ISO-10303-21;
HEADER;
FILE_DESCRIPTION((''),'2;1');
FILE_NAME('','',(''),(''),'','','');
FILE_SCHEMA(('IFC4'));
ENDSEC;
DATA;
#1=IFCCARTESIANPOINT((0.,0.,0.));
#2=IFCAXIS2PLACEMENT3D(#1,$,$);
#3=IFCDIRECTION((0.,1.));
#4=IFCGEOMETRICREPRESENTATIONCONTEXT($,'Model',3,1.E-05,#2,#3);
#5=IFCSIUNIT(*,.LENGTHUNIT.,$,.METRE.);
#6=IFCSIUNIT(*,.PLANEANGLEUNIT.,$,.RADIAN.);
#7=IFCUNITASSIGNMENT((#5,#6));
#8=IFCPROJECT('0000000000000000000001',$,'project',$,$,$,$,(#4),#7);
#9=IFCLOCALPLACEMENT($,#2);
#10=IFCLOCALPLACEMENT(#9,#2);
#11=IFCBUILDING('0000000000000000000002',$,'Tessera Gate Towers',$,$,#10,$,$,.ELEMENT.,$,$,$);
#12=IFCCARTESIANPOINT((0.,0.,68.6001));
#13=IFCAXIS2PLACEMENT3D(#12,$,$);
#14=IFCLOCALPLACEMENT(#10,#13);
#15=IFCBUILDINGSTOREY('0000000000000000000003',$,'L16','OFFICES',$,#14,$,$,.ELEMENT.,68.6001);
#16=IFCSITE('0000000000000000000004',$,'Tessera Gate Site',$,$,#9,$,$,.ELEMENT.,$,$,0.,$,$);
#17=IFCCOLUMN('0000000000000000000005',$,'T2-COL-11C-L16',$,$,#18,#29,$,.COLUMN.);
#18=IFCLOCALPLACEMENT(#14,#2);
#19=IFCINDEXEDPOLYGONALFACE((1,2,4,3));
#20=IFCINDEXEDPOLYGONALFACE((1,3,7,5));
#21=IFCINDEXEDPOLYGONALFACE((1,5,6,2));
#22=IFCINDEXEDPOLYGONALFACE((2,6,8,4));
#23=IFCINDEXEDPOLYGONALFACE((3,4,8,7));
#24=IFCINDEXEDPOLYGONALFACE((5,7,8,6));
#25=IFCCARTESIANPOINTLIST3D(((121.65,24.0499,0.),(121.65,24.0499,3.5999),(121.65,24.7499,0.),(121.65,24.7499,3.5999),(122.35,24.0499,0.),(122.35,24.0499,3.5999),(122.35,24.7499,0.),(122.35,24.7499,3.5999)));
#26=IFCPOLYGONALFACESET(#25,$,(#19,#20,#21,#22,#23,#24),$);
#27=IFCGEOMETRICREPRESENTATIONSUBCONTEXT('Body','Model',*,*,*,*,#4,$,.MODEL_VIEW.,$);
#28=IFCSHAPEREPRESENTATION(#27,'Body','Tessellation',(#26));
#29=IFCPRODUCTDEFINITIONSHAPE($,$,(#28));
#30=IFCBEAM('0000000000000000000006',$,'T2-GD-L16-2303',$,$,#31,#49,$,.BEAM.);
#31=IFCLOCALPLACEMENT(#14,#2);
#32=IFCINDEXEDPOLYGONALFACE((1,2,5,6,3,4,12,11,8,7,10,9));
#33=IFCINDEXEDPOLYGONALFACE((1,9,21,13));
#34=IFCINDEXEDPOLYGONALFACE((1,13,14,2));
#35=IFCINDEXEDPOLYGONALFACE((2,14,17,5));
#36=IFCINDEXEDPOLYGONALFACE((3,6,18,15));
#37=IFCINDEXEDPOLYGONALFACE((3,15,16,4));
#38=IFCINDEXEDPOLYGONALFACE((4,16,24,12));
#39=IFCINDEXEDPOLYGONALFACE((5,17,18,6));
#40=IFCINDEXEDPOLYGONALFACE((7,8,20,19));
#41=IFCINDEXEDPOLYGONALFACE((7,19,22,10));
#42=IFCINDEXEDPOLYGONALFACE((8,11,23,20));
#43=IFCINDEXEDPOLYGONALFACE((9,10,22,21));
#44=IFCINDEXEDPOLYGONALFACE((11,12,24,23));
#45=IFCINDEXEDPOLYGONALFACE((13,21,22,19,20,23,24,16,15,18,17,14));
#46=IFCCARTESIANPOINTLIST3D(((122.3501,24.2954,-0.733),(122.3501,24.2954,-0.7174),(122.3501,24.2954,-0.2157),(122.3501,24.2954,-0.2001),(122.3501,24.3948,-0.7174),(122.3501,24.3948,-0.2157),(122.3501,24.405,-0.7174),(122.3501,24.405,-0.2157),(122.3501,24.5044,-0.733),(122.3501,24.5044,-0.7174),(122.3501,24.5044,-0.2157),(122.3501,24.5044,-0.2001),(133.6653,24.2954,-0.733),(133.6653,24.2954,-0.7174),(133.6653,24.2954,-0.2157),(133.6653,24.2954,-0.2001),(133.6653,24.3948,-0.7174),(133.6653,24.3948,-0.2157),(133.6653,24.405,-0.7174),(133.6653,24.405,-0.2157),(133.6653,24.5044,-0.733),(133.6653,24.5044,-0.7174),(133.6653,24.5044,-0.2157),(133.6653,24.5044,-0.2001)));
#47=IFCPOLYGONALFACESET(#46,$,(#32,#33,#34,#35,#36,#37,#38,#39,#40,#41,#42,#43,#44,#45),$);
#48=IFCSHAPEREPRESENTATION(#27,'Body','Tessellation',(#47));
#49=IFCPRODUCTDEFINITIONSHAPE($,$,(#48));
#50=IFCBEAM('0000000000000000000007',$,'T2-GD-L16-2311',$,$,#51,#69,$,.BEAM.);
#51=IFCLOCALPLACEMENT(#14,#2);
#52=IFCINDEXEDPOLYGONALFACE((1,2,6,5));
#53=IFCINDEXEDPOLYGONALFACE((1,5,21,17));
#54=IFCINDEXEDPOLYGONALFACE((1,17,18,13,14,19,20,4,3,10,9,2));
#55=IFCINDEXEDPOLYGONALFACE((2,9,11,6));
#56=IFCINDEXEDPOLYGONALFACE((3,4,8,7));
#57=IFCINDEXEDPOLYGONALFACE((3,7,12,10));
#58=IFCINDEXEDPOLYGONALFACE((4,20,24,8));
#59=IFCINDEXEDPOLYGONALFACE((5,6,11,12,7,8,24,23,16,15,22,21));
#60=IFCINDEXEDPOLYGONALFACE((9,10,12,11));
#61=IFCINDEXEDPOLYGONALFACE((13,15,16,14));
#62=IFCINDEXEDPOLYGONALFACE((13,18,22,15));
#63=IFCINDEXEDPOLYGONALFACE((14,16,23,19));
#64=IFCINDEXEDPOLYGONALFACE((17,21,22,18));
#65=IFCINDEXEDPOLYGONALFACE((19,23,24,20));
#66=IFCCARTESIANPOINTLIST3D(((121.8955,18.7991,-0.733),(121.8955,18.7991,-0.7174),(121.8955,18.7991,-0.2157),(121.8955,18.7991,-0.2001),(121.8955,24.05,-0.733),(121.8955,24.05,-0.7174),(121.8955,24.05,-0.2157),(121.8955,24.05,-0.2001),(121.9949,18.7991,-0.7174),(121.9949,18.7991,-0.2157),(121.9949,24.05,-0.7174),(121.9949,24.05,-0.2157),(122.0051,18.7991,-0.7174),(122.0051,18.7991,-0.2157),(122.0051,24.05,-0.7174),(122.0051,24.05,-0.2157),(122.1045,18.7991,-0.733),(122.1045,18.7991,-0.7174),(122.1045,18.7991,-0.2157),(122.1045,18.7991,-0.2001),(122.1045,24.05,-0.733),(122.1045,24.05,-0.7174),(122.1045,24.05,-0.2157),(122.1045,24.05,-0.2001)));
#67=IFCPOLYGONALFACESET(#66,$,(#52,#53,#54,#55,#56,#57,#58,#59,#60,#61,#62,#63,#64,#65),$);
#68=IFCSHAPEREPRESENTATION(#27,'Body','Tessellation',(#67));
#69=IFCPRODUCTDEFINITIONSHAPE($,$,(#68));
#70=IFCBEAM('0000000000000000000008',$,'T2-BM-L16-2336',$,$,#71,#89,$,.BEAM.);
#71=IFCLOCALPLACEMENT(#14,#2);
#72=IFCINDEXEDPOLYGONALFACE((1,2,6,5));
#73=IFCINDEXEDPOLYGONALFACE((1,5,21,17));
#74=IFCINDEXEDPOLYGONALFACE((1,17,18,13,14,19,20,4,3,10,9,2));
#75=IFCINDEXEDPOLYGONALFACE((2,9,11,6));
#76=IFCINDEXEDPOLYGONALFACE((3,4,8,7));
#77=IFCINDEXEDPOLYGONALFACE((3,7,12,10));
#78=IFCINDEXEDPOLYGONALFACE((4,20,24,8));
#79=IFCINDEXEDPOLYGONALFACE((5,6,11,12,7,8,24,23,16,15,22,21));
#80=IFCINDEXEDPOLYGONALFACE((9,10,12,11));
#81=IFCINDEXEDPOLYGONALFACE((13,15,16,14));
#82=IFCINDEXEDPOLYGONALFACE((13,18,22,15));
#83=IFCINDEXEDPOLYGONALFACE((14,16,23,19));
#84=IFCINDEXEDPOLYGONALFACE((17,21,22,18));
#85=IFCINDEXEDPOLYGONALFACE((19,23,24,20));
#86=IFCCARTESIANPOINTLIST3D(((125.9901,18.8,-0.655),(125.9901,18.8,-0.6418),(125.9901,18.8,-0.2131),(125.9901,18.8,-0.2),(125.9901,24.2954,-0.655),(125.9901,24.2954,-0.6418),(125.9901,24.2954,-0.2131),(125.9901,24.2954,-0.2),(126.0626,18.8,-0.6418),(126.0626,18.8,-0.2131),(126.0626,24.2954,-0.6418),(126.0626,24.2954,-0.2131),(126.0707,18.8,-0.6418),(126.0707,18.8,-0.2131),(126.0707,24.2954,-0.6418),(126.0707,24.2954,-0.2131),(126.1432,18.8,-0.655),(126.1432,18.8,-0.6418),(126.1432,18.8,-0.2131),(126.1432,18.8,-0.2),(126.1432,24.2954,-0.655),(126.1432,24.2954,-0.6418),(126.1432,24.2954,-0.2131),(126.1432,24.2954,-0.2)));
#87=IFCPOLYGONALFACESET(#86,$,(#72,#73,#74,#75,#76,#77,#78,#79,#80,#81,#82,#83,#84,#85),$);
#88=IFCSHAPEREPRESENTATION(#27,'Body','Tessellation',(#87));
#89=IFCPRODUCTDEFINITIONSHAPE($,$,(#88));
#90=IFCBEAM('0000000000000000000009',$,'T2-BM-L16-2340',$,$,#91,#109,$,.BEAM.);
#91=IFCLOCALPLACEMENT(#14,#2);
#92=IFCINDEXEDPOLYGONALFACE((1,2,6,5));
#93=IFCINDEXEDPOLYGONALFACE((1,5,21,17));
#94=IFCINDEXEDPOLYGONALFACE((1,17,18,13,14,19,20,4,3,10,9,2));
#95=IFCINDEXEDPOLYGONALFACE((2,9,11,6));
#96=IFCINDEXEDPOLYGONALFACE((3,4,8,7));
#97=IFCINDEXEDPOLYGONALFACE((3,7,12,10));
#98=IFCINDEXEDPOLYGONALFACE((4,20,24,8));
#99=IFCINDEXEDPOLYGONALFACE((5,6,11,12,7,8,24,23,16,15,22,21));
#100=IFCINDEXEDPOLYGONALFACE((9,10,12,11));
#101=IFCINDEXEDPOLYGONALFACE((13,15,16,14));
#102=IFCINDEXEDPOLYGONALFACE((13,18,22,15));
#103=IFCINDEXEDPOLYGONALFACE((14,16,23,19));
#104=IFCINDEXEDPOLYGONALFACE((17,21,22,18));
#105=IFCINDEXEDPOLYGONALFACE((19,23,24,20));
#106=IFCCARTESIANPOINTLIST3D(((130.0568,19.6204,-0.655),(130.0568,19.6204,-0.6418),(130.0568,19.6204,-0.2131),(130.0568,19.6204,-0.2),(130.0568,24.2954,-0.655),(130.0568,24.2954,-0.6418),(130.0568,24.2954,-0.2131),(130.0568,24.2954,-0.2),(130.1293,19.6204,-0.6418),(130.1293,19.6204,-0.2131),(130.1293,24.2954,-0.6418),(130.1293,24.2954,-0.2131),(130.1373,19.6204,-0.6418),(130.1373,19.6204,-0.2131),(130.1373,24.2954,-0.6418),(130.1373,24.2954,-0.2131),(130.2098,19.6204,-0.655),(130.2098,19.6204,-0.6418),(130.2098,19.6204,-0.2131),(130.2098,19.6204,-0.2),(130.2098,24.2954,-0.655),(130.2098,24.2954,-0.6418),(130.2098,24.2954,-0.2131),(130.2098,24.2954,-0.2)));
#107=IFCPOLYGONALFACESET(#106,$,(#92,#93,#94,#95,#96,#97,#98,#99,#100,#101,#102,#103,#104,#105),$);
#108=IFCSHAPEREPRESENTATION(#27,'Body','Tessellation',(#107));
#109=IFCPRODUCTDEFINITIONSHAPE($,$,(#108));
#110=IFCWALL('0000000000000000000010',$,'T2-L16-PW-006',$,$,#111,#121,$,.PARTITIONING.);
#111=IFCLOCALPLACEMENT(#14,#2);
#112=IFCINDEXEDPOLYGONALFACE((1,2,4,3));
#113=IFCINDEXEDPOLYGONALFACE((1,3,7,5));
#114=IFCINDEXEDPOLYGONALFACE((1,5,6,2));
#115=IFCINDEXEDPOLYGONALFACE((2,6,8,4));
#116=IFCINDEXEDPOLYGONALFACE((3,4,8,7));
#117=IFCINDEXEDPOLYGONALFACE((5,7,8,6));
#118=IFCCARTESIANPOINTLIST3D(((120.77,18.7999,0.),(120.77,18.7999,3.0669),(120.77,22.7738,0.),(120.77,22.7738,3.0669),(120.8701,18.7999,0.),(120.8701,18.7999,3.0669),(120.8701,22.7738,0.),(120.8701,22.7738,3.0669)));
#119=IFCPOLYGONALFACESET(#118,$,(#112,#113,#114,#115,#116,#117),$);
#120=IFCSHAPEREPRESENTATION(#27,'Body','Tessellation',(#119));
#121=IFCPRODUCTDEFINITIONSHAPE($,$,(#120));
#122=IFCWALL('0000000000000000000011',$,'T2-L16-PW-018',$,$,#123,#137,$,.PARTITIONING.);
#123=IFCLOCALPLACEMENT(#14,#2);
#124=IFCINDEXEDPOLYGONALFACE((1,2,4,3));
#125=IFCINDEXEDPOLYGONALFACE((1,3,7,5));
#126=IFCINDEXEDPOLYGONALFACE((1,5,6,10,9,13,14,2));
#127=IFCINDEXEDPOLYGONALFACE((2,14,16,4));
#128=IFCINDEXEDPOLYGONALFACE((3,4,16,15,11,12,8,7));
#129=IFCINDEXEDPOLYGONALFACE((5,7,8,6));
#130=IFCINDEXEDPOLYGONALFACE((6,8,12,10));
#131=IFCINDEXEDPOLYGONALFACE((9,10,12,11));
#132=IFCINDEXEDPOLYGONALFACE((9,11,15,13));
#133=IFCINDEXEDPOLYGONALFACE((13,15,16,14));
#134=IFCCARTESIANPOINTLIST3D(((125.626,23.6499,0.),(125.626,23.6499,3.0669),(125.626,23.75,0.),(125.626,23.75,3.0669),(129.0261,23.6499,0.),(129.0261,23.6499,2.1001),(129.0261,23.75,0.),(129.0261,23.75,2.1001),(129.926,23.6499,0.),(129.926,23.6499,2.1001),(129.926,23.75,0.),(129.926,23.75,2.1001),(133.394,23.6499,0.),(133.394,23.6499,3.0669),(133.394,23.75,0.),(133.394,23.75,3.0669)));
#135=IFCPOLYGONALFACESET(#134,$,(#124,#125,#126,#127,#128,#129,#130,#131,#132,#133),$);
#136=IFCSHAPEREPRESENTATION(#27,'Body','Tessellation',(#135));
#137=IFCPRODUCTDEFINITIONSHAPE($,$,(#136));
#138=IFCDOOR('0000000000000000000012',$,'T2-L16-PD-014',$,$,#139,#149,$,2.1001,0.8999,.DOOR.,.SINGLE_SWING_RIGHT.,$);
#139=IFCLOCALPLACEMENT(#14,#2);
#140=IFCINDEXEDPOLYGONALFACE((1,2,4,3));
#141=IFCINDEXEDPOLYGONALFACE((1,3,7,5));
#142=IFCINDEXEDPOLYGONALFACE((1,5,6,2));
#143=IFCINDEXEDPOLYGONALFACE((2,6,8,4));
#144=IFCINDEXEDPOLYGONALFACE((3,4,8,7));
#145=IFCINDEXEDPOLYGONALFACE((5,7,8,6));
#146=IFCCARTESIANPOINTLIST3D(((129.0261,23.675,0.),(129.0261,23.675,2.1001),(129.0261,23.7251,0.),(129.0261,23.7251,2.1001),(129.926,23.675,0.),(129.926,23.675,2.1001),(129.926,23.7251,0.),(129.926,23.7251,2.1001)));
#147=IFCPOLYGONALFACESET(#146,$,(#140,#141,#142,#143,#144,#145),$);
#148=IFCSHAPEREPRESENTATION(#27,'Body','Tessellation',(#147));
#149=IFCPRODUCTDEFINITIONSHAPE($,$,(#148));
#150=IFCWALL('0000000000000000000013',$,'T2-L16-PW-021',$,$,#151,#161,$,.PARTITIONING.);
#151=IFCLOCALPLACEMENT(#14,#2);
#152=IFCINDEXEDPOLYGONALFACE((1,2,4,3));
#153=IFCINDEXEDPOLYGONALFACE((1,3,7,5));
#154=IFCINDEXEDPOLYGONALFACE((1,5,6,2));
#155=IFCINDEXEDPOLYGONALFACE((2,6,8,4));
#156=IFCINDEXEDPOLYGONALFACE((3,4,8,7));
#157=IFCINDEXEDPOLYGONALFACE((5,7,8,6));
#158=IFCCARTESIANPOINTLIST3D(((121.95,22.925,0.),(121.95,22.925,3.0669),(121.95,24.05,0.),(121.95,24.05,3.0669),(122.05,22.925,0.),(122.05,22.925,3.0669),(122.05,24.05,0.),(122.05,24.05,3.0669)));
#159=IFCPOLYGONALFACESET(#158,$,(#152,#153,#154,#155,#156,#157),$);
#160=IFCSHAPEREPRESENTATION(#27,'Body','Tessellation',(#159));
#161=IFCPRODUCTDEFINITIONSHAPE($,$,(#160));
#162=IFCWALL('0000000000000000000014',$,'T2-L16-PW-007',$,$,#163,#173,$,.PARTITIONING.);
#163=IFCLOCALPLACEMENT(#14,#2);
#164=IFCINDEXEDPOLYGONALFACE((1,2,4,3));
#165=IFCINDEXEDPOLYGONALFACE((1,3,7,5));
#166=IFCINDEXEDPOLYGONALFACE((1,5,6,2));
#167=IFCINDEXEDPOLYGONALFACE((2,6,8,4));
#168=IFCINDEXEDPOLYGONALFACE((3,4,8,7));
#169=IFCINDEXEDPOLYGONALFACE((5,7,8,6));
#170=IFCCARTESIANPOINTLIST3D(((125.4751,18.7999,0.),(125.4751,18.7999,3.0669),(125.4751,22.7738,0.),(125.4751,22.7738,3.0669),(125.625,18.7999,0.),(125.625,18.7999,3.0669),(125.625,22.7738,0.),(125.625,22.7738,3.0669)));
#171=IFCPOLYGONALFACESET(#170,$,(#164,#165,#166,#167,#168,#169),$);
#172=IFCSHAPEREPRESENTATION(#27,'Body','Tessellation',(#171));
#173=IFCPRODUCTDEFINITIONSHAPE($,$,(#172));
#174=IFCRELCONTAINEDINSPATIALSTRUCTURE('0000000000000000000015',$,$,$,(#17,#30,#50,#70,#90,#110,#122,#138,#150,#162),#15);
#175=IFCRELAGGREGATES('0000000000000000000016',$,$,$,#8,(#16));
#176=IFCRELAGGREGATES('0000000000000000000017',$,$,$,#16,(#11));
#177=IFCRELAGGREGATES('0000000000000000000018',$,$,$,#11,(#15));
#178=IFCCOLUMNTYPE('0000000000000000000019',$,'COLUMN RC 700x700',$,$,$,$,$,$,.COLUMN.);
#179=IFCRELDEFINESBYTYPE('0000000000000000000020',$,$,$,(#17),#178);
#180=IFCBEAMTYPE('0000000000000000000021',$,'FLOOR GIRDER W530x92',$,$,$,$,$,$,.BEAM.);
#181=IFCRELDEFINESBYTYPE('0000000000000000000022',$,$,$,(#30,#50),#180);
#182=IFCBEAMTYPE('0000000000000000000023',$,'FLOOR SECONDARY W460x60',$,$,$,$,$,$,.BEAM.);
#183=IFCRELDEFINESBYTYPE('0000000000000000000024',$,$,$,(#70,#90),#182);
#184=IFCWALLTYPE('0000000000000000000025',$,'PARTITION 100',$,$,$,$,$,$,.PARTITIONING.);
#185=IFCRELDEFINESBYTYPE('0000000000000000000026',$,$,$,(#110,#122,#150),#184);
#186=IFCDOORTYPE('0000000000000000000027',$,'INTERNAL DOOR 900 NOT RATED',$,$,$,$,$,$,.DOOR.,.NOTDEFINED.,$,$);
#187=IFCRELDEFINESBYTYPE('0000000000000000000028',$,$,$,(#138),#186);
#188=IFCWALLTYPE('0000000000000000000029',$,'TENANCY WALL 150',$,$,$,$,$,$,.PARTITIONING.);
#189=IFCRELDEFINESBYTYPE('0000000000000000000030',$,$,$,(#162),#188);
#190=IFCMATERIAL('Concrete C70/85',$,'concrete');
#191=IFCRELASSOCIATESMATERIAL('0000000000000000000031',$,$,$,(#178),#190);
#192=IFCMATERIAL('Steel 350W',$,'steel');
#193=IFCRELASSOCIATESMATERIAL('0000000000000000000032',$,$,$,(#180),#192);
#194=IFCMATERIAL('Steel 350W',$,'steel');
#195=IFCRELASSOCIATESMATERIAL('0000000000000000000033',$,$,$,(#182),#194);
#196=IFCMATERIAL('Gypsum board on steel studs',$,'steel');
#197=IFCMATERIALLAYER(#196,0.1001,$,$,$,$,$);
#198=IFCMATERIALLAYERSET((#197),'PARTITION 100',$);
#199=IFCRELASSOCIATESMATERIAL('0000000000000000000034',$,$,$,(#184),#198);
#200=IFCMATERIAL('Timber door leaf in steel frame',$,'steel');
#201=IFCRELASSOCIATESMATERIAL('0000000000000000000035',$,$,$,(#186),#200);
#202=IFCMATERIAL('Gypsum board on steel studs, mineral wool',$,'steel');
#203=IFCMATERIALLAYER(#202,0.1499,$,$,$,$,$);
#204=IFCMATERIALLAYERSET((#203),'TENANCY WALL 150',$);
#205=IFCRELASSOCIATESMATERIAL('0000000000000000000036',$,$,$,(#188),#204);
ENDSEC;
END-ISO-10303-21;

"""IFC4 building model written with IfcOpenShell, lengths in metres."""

from ifc_helpers import new_model, si_unit, direction, frame, frame_2d, origin, origin_2d, place, context, subcontext, project, spatial, rectangle, i_section, extrude, source, transform, mapped, material, layer, layer_set, material_profile, profile_set, type_object, element, fill, save


model = new_model("IFC4")

# Units and contexts
model_context = context("Model", 3, precision=1e-05, world=origin(), true_north=direction((0.0, 1.0)))
body_context = subcontext(model_context, "Body", "Model", "MODEL_VIEW")
ifc_project = project(units=[si_unit("LENGTHUNIT", "METRE"), si_unit("PLANEANGLEUNIT", "RADIAN")], contexts=[model_context])

# Site, building, storey
site_placement = place(None, origin())
site = spatial("IfcSite", under=ifc_project, at=site_placement, Name="Tessera Gate Site", CompositionType="ELEMENT", RefElevation=0.0)
building_placement = place(site_placement, origin())
building = spatial("IfcBuilding", under=site, at=building_placement, Name="Tessera Gate Towers", CompositionType="ELEMENT")
storey_placement = place(building_placement, frame((0.0, 0.0, 68.6001)))
storey = spatial("IfcBuildingStorey", under=building, at=storey_placement, Name="L16", Description="OFFICES", CompositionType="ELEMENT", Elevation=68.6001)

# Column
ifc_material_1 = material(Name="Concrete C70/85", Category="concrete")
ifc_material_profile_1 = material_profile(ifc_material_1, rectangle(XDim=0.7, YDim=0.7, at=origin_2d()), Name="RC 700x700")
ifc_profile_set_1 = profile_set([ifc_material_profile_1], Name="Concrete C70/85")
column_type = type_object("IfcColumnType", Name="COLUMN RC 700x700", PredefinedType="COLUMN", material=ifc_profile_set_1)
column_placement = place(storey_placement, frame((122.0, 24.3999, 0.0), z_axis=(0.0, 0.0, 1.0), x_axis=(1.0, 0.0, 0.0)))
element("IfcColumn", 1, at=column_placement, inside=storey, type_object=column_type, Name="T2-COL-11C-L16", PredefinedType="COLUMN", context=body_context, shape_type="SweptSolid", body=[
    extrude(rectangle(XDim=0.7, YDim=0.7, at=origin_2d()), origin(), (0.0, 0.0, 1.0), 3.5999),
])

# Beams
ifc_material_2 = material(Name="Steel 350W", Category="steel")
ifc_material_profile_2 = material_profile(ifc_material_2, i_section(OverallWidth=0.209, OverallDepth=0.533, WebThickness=0.0103, FlangeThickness=0.0156, at=origin_2d()), Name="W530x92")
ifc_profile_set_2 = profile_set([ifc_material_profile_2], Name="Steel 350W")
beam_type_1 = type_object("IfcBeamType", Name="FLOOR GIRDER W530x92", PredefinedType="BEAM", material=ifc_profile_set_2)
beam_1_placement = place(storey_placement, frame((122.3501, 24.3999, -0.4666), z_axis=(1.0, 0.0, 0.0), x_axis=(0.0, 1.0, 0.0)))
element("IfcBeam", 2, at=beam_1_placement, inside=storey, type_object=beam_type_1, Name="T2-GD-L16-2303", PredefinedType="BEAM", context=body_context, shape_type="SweptSolid", body=[
    extrude(i_section(OverallWidth=0.209, OverallDepth=0.533, WebThickness=0.0103, FlangeThickness=0.0156, at=origin_2d()), origin(), (0.0, 0.0, 1.0), 11.3152),
])
beam_2_placement = place(storey_placement, frame((122.0, 18.7991, -0.4666), z_axis=(0.0, 1.0, 0.0), x_axis=(-1.0, 0.0, 0.0)))
element("IfcBeam", 3, at=beam_2_placement, inside=storey, type_object=beam_type_1, Name="T2-GD-L16-2311", PredefinedType="BEAM", context=body_context, shape_type="SweptSolid", body=[
    extrude(i_section(OverallWidth=0.209, OverallDepth=0.533, WebThickness=0.0103, FlangeThickness=0.0156, at=origin_2d()), origin(), (0.0, 0.0, 1.0), 5.251),
])
ifc_material_3 = material(Name="Steel 350W", Category="steel")
ifc_material_profile_3 = material_profile(ifc_material_3, i_section(OverallWidth=0.1531, OverallDepth=0.4551, WebThickness=0.0081, FlangeThickness=0.0132, at=origin_2d()), Name="W460x60")
ifc_profile_set_3 = profile_set([ifc_material_profile_3], Name="Steel 350W")
beam_type_2 = type_object("IfcBeamType", Name="FLOOR SECONDARY W460x60", PredefinedType="BEAM", material=ifc_profile_set_3)
beam_3_placement = place(storey_placement, frame((126.0667, 18.8, -0.4275), z_axis=(0.0, 1.0, 0.0), x_axis=(-1.0, 0.0, 0.0)))
element("IfcBeam", 4, at=beam_3_placement, inside=storey, type_object=beam_type_2, Name="T2-BM-L16-2336", PredefinedType="BEAM", context=body_context, shape_type="SweptSolid", body=[
    extrude(i_section(OverallWidth=0.1531, OverallDepth=0.4551, WebThickness=0.0081, FlangeThickness=0.0132, at=origin_2d()), origin(), (0.0, 0.0, 1.0), 5.4954),
])
beam_4_placement = place(storey_placement, frame((130.1333, 19.6204, -0.4275), z_axis=(0.0, 1.0, 0.0), x_axis=(-1.0, 0.0, 0.0)))
element("IfcBeam", 5, at=beam_4_placement, inside=storey, type_object=beam_type_2, Name="T2-BM-L16-2340", PredefinedType="BEAM", context=body_context, shape_type="SweptSolid", body=[
    extrude(i_section(OverallWidth=0.1531, OverallDepth=0.4551, WebThickness=0.0081, FlangeThickness=0.0132, at=origin_2d()), origin(), (0.0, 0.0, 1.0), 4.675),
])

# Wall
ifc_material_4 = material(Name="Gypsum board on steel studs", Category="steel")
ifc_layer_1 = layer(ifc_material_4, 0.1001)
ifc_layer_set_1 = layer_set([ifc_layer_1], Name="PARTITION 100")
wall_type_1 = type_object("IfcWallType", Name="PARTITION 100", PredefinedType="PARTITIONING", material=ifc_layer_set_1)
wall_1_placement = place(storey_placement, frame((120.8201, 18.8, 0.0), z_axis=(0.0, 0.0, 1.0), x_axis=(0.0, 1.0, 0.0)))
element("IfcWall", 6, at=wall_1_placement, inside=storey, type_object=wall_type_1, Name="T2-L16-PW-006", PredefinedType="PARTITIONING", context=body_context, shape_type="SweptSolid", body=[
    extrude(rectangle(XDim=3.9739, YDim=0.1001, at=frame_2d((1.9868, 0.0))), origin(), (0.0, 0.0, 1.0), 3.0669),
])

# Wall, opening, door
wall_2_placement = place(storey_placement, frame((133.394, 23.7, 0.0), z_axis=(0.0, 0.0, 1.0), x_axis=(-1.0, 0.0, 0.0)))
wall_2 = element("IfcWall", 7, at=wall_2_placement, inside=storey, type_object=wall_type_1, Name="T2-L16-PW-018", PredefinedType="PARTITIONING", context=body_context, shape_type="SweptSolid", body=[
    extrude(rectangle(XDim=7.7681, YDim=0.1001, at=frame_2d((3.884, 0.0))), origin(), (0.0, 0.0, 1.0), 3.0669),
])
shared_shape_1 = source(origin(), body_context, "Body", "SweptSolid", [
    extrude(rectangle(XDim=0.8999, YDim=2.1001, at=frame_2d((0.45, 1.05))), frame((0.0, 0.0601, 0.0), z_axis=(0.0, -1.0, 0.0), x_axis=(1.0, 0.0, 0.0)), (0.0, 0.0, 1.0), 0.1201),
])
opening_1_placement = place(wall_2_placement, frame((3.468, 0.0, 0.0)))
opening_1 = element("IfcOpeningElement", 8, at=opening_1_placement, cuts=wall_2, PredefinedType="OPENING", context=body_context, shape_type="MappedRepresentation", body=[
    mapped(shared_shape_1, transform((0.0, 0.0, 0.0), scale=1.0)),
])
ifc_material_5 = material(Name="Timber door leaf in steel frame", Category="steel")
door_type = type_object("IfcDoorType", Name="INTERNAL DOOR 900 NOT RATED", OperationType="NOTDEFINED", PredefinedType="DOOR", material=ifc_material_5)
shared_shape_2 = source(origin(), body_context, "Body", "SweptSolid", [
    extrude(rectangle(XDim=0.8999, YDim=2.1001, at=frame_2d((0.45, 1.05))), frame((0.0, 0.0249, 0.0), z_axis=(0.0, -1.0, 0.0), x_axis=(1.0, 0.0, 0.0)), (0.0, 0.0, 1.0), 0.05),
])
door_1_placement = place(opening_1_placement, origin())
door_1 = element("IfcDoor", 9, at=door_1_placement, inside=storey, type_object=door_type, Name="T2-L16-PD-014", OperationType="SINGLE_SWING_RIGHT", OverallHeight=2.1001, OverallWidth=0.8999, PredefinedType="DOOR", context=body_context, shape_type="MappedRepresentation", body=[
    mapped(shared_shape_2, transform((0.0, 0.0, 0.0), scale=1.0)),
])
fill(opening_1, door_1)

# Walls
wall_3_placement = place(storey_placement, frame((122.0, 24.05, 0.0), z_axis=(0.0, 0.0, 1.0), x_axis=(0.0, -1.0, 0.0)))
element("IfcWall", 10, at=wall_3_placement, inside=storey, type_object=wall_type_1, Name="T2-L16-PW-021", PredefinedType="PARTITIONING", context=body_context, shape_type="SweptSolid", body=[
    extrude(rectangle(XDim=1.125, YDim=0.1001, at=frame_2d((0.5625, 0.0))), origin(), (0.0, 0.0, 1.0), 3.0669),
])
ifc_material_6 = material(Name="Gypsum board on steel studs, mineral wool", Category="steel")
ifc_layer_2 = layer(ifc_material_6, 0.1499)
ifc_layer_set_2 = layer_set([ifc_layer_2], Name="TENANCY WALL 150")
wall_type_2 = type_object("IfcWallType", Name="TENANCY WALL 150", PredefinedType="PARTITIONING", material=ifc_layer_set_2)
wall_4_placement = place(storey_placement, frame((125.55, 18.8, 0.0), z_axis=(0.0, 0.0, 1.0), x_axis=(0.0, 1.0, 0.0)))
element("IfcWall", 11, at=wall_4_placement, inside=storey, type_object=wall_type_2, Name="T2-L16-PW-007", PredefinedType="PARTITIONING", context=body_context, shape_type="SweptSolid", body=[
    extrude(rectangle(XDim=3.9739, YDim=0.1499, at=frame_2d((1.9868, 0.0))), origin(), (0.0, 0.0, 1.0), 3.0669),
])

save(model, "model.ifc")
